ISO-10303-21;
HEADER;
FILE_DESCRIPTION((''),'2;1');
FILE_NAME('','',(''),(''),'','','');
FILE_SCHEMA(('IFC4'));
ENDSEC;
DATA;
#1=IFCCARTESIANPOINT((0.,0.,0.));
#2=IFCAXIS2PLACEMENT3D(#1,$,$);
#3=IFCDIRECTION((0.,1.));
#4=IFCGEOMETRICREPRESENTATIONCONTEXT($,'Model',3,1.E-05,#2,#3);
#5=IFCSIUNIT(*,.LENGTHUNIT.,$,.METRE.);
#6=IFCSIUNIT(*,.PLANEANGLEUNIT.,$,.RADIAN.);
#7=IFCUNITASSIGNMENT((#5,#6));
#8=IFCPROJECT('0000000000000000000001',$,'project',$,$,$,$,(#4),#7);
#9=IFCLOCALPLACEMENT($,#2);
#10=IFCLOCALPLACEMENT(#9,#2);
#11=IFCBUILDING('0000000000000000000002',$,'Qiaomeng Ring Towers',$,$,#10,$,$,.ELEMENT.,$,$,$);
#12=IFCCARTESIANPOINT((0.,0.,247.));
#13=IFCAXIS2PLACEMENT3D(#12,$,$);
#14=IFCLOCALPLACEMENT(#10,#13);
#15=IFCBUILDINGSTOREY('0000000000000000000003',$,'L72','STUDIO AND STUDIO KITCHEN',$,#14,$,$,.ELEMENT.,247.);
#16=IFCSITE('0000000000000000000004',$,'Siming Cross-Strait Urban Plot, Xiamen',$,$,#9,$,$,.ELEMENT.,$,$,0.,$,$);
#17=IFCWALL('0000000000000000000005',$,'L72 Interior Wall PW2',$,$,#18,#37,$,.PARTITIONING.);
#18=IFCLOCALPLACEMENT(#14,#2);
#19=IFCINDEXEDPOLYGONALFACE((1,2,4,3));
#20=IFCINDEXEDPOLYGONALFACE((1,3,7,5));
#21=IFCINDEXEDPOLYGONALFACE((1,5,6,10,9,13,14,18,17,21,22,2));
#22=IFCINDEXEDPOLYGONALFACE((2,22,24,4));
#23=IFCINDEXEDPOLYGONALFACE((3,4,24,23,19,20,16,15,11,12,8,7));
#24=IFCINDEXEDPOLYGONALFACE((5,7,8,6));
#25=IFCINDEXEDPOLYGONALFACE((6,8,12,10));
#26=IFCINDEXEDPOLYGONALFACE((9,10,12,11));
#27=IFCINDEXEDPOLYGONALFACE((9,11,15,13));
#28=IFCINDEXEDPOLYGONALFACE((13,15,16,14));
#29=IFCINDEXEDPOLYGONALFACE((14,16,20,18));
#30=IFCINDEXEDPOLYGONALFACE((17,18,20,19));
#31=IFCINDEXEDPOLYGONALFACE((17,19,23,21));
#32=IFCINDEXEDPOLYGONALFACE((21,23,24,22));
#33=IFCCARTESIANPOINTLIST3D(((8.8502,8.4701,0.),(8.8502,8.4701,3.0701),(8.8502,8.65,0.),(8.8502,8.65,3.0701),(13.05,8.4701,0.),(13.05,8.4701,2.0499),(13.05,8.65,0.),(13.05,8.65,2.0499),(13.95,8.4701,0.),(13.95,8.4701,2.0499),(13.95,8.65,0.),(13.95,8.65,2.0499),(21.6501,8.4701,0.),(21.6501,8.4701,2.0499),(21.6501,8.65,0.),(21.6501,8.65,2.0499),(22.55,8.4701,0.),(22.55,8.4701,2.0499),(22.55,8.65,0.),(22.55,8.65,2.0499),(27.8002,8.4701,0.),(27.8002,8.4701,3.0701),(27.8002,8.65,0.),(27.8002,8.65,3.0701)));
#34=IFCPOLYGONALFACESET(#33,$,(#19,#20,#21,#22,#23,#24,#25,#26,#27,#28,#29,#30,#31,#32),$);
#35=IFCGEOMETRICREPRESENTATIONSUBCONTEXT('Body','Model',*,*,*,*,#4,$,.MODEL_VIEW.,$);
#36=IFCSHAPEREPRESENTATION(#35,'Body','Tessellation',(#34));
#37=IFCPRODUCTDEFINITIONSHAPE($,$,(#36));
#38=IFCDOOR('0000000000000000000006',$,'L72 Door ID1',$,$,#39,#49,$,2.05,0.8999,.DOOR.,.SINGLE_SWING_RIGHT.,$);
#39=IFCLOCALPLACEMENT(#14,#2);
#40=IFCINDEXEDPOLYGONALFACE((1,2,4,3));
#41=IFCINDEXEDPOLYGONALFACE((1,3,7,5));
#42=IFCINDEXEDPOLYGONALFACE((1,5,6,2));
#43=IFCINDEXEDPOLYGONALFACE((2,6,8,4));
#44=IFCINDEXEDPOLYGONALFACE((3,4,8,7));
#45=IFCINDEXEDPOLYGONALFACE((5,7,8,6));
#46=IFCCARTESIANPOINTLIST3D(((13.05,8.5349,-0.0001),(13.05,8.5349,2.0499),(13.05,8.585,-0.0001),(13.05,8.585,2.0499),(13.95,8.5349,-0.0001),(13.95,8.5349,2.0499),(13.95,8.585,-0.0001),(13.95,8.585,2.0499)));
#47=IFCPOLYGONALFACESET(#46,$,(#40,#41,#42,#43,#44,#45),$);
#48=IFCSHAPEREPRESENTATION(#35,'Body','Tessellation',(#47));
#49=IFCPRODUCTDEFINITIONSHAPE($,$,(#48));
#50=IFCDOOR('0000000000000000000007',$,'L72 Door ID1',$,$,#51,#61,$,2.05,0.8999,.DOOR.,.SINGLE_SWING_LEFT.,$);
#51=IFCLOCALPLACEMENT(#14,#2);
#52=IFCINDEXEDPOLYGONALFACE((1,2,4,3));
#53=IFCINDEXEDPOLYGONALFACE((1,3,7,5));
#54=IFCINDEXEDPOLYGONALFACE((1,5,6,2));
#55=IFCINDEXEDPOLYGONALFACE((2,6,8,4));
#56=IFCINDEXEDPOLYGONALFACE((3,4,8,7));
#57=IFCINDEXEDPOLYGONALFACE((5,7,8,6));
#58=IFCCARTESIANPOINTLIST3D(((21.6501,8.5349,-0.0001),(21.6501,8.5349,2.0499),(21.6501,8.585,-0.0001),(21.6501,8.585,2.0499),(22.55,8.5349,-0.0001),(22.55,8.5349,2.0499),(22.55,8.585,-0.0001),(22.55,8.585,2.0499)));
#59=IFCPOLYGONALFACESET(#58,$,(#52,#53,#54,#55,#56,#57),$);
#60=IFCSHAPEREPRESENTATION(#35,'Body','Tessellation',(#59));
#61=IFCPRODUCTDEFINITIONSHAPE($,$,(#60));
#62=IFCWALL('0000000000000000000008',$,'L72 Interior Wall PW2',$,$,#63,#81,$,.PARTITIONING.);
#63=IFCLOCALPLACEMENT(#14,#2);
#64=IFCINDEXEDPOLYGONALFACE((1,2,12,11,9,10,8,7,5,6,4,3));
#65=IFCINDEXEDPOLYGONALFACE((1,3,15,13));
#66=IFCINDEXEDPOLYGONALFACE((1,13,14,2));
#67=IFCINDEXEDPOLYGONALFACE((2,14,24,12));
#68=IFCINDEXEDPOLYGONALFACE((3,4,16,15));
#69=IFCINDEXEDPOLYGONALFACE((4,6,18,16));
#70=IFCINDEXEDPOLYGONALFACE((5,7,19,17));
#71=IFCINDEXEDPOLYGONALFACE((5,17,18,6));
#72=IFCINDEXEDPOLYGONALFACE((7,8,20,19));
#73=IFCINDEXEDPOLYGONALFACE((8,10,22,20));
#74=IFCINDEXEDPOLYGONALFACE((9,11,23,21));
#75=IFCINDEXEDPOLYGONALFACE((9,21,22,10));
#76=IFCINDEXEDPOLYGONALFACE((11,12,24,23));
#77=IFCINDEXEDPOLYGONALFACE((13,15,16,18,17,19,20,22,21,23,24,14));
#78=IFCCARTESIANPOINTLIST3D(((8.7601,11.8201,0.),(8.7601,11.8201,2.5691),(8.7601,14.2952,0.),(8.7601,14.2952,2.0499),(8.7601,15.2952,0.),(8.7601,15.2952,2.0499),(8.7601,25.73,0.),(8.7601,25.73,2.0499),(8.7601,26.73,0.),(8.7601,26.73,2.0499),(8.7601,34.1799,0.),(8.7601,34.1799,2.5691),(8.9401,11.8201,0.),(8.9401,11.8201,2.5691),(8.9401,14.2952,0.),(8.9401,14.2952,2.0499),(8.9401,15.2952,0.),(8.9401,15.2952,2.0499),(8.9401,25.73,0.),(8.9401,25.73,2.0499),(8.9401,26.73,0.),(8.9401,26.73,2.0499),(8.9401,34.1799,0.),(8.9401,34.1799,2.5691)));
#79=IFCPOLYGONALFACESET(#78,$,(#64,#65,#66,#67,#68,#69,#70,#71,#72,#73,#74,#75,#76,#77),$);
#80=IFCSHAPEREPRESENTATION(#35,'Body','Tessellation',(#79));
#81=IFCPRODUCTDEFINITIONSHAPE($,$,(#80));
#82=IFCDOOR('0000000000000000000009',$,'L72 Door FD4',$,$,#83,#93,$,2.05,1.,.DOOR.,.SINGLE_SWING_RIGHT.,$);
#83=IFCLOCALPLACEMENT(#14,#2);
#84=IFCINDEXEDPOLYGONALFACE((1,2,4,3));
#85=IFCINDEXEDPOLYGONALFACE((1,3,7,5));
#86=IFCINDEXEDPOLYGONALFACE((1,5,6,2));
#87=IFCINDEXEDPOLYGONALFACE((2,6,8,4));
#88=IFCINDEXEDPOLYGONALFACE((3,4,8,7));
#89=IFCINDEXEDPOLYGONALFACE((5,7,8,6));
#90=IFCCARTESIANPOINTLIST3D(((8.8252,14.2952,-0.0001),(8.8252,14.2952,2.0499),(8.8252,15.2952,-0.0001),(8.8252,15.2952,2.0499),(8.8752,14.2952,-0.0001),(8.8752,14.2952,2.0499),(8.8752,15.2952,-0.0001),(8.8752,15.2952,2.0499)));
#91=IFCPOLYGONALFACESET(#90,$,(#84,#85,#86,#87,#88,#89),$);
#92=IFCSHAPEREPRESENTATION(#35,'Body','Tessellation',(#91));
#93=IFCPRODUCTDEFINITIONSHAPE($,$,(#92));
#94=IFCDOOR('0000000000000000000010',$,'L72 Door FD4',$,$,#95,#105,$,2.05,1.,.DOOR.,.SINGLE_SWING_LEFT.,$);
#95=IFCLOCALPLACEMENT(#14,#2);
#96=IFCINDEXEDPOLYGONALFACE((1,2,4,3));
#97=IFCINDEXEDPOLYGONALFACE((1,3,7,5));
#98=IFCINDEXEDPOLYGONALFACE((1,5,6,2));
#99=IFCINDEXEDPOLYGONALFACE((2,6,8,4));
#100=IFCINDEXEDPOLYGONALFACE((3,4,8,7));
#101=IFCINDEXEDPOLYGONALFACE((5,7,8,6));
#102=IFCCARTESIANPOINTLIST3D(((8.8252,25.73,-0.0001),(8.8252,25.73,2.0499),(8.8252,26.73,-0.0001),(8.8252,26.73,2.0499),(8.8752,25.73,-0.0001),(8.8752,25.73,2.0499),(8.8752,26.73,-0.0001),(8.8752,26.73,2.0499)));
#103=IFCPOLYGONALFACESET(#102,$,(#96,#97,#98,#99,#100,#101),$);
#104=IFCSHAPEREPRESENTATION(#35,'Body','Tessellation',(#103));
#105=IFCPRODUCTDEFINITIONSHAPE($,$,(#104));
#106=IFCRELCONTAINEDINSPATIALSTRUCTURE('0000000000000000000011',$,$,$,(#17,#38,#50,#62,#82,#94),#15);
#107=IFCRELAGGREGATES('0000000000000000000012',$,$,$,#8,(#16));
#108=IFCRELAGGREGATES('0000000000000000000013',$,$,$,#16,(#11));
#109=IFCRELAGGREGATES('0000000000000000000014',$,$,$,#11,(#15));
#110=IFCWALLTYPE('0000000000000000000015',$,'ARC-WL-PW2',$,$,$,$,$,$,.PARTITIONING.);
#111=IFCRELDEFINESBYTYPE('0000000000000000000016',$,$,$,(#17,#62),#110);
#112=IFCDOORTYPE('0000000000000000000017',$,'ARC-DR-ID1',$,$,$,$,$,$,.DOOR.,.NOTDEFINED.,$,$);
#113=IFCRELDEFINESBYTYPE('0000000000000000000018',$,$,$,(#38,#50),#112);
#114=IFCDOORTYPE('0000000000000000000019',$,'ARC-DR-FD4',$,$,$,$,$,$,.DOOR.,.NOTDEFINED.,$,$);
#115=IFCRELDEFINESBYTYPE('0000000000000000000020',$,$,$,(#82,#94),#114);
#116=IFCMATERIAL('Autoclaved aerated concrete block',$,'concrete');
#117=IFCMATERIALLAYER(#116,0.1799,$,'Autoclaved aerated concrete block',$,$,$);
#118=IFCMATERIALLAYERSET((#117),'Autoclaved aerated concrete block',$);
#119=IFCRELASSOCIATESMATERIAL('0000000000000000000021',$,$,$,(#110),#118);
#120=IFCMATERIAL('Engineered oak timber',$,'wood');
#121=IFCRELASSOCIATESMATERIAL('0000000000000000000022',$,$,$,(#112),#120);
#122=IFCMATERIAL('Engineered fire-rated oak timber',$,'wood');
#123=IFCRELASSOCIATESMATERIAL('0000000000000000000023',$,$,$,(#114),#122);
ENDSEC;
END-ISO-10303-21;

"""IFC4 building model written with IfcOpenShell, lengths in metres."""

from ifc_helpers import new_model, si_unit, direction, frame, frame_2d, origin, place, context, subcontext, project, spatial, rectangle, extrude, source, transform, mapped, material, layer, layer_set, type_object, element, fill, save


model = new_model("IFC4")

# Units and contexts
model_context = context("Model", 3, precision=1e-05, world=origin(), true_north=direction((0.0, 1.0)))
body_context = subcontext(model_context, "Body", "Model", "MODEL_VIEW")
ifc_project = project(units=[si_unit("LENGTHUNIT", "METRE"), si_unit("PLANEANGLEUNIT", "RADIAN")], contexts=[model_context])

# Site, building, storey
site_placement = place(None, origin())
site = spatial("IfcSite", under=ifc_project, at=site_placement, Name="Siming Cross-Strait Urban Plot, Xiamen", CompositionType="ELEMENT", RefElevation=0.0)
building_placement = place(site_placement, origin())
building = spatial("IfcBuilding", under=site, at=building_placement, Name="Qiaomeng Ring Towers", CompositionType="ELEMENT")
storey_placement = place(building_placement, frame((0.0, 0.0, 247.0)))
storey = spatial("IfcBuildingStorey", under=building, at=storey_placement, Name="L72", Description="STUDIO AND STUDIO KITCHEN", CompositionType="ELEMENT", Elevation=247.0)

# Shared definitions
ifc_material_1 = material(Name="Autoclaved aerated concrete block", Category="concrete")
ifc_layer_1 = layer(ifc_material_1, 0.1799, Name="Autoclaved aerated concrete block")
ifc_layer_set_1 = layer_set([ifc_layer_1], Name="Autoclaved aerated concrete block")
wall_type_1 = type_object("IfcWallType", Name="ARC-WL-PW2", PredefinedType="PARTITIONING", material=ifc_layer_set_1)

# Walls, openings, doors
wall_1_placement = place(storey_placement, frame((8.8501, 8.5601, 0.0), z_axis=(0.0, 0.0, 1.0), x_axis=(1.0, 0.0, 0.0)))
wall_1 = element("IfcWall", 1, at=wall_1_placement, inside=storey, type_object=wall_type_1, Name="L72 Interior Wall PW2", PredefinedType="PARTITIONING", context=body_context, shape_type="SweptSolid", body=[
    extrude(rectangle(XDim=18.95, YDim=0.1799, at=frame_2d((9.4751, 0.0))), origin(), (0.0, 0.0, 1.0), 3.0701),
])
opening_1_placement = place(wall_1_placement, frame((4.2, 0.0, 0.0)))
opening_1 = element("IfcOpeningElement", 2, at=opening_1_placement, cuts=wall_1, PredefinedType="OPENING", context=body_context, shape_type="SweptSolid", body=[
    extrude(rectangle(XDim=0.8999, YDim=2.05, at=frame_2d((0.45, 1.0249))), frame((0.0, 0.0999, 0.0), z_axis=(0.0, -1.0, 0.0), x_axis=(1.0, 0.0, 0.0)), (0.0, 0.0, 1.0), 0.2),
])
opening_2_placement = place(wall_1_placement, frame((12.8, 0.0, 0.0)))
opening_2 = element("IfcOpeningElement", 3, at=opening_2_placement, cuts=wall_1, PredefinedType="OPENING", context=body_context, shape_type="SweptSolid", body=[
    extrude(rectangle(XDim=0.8999, YDim=2.05, at=frame_2d((0.45, 1.0249))), frame((0.0, 0.0999, 0.0), z_axis=(0.0, -1.0, 0.0), x_axis=(1.0, 0.0, 0.0)), (0.0, 0.0, 1.0), 0.2),
])
ifc_material_2 = material(Name="Engineered oak timber", Category="wood")
door_type_1 = type_object("IfcDoorType", Name="ARC-DR-ID1", OperationType="NOTDEFINED", PredefinedType="DOOR", material=ifc_material_2)
shared_shape_1 = source(origin(), body_context, "Body", "SweptSolid", [
    extrude(rectangle(XDim=0.8999, YDim=2.05, at=frame_2d((0.45, 1.0249))), frame((0.0, 0.0249, 0.0), z_axis=(0.0, -1.0, 0.0), x_axis=(1.0, 0.0, 0.0)), (0.0, 0.0, 1.0), 0.05),
])
door_1_placement = place(opening_1_placement, origin())
door_1 = element("IfcDoor", 4, at=door_1_placement, inside=storey, type_object=door_type_1, Name="L72 Door ID1", OperationType="SINGLE_SWING_RIGHT", OverallHeight=2.05, OverallWidth=0.8999, PredefinedType="DOOR", context=body_context, shape_type="MappedRepresentation", body=[
    mapped(shared_shape_1, transform((0.0, 0.0, 0.0), x_axis=(1.0, 0.0, 0.0), y_axis=(0.0, 1.0, 0.0), z_axis=(0.0, 0.0, 1.0), scale=1.0)),
])
fill(opening_1, door_1)
door_2_placement = place(opening_2_placement, origin())
door_2 = element("IfcDoor", 5, at=door_2_placement, inside=storey, type_object=door_type_1, Name="L72 Door ID1", OperationType="SINGLE_SWING_LEFT", OverallHeight=2.05, OverallWidth=0.8999, PredefinedType="DOOR", context=body_context, shape_type="MappedRepresentation", body=[
    mapped(shared_shape_1, transform((0.0, 0.0, 0.0), x_axis=(1.0, 0.0, 0.0), y_axis=(0.0, 1.0, 0.0), z_axis=(0.0, 0.0, 1.0), scale=1.0)),
])
fill(opening_2, door_2)
wall_2_placement = place(storey_placement, frame((8.8501, 11.8201, 0.0), z_axis=(0.0, 0.0, 1.0), x_axis=(0.0, 1.0, 0.0)))
wall_2 = element("IfcWall", 6, at=wall_2_placement, inside=storey, type_object=wall_type_1, Name="L72 Interior Wall PW2", PredefinedType="PARTITIONING", context=body_context, shape_type="SweptSolid", body=[
    extrude(rectangle(XDim=22.3599, YDim=0.1799, at=frame_2d((11.1799, 0.0))), origin(), (0.0, 0.0, 1.0), 2.5691),
])
opening_3_placement = place(wall_2_placement, frame((2.4751, 0.0, 0.0)))
opening_3 = element("IfcOpeningElement", 7, at=opening_3_placement, cuts=wall_2, PredefinedType="OPENING", context=body_context, shape_type="SweptSolid", body=[
    extrude(rectangle(XDim=1.0, YDim=2.05, at=frame_2d((0.5, 1.0249))), frame((0.0, 0.0999, 0.0), z_axis=(0.0, -1.0, 0.0), x_axis=(1.0, 0.0, 0.0)), (0.0, 0.0, 1.0), 0.2),
])
opening_4_placement = place(wall_2_placement, frame((13.9099, 0.0, 0.0)))
opening_4 = element("IfcOpeningElement", 8, at=opening_4_placement, cuts=wall_2, PredefinedType="OPENING", context=body_context, shape_type="SweptSolid", body=[
    extrude(rectangle(XDim=1.0, YDim=2.05, at=frame_2d((0.5, 1.0249))), frame((0.0, 0.0999, 0.0), z_axis=(0.0, -1.0, 0.0), x_axis=(1.0, 0.0, 0.0)), (0.0, 0.0, 1.0), 0.2),
])
ifc_material_3 = material(Name="Engineered fire-rated oak timber", Category="wood")
door_type_2 = type_object("IfcDoorType", Name="ARC-DR-FD4", OperationType="NOTDEFINED", PredefinedType="DOOR", material=ifc_material_3)
shared_shape_2 = source(origin(), body_context, "Body", "SweptSolid", [
    extrude(rectangle(XDim=1.0, YDim=2.05, at=frame_2d((0.5, 1.0249))), frame((0.0, 0.0249, 0.0), z_axis=(0.0, -1.0, 0.0), x_axis=(1.0, 0.0, 0.0)), (0.0, 0.0, 1.0), 0.05),
])
door_3_placement = place(opening_3_placement, origin())
door_3 = element("IfcDoor", 9, at=door_3_placement, inside=storey, type_object=door_type_2, Name="L72 Door FD4", OperationType="SINGLE_SWING_RIGHT", OverallHeight=2.05, OverallWidth=1.0, PredefinedType="DOOR", context=body_context, shape_type="MappedRepresentation", body=[
    mapped(shared_shape_2, transform((0.0, 0.0, 0.0), x_axis=(1.0, 0.0, 0.0), y_axis=(0.0, 1.0, 0.0), z_axis=(0.0, 0.0, 1.0), scale=1.0)),
])
fill(opening_3, door_3)
door_4_placement = place(opening_4_placement, origin())
door_4 = element("IfcDoor", 10, at=door_4_placement, inside=storey, type_object=door_type_2, Name="L72 Door FD4", OperationType="SINGLE_SWING_LEFT", OverallHeight=2.05, OverallWidth=1.0, PredefinedType="DOOR", context=body_context, shape_type="MappedRepresentation", body=[
    mapped(shared_shape_2, transform((0.0, 0.0, 0.0), x_axis=(1.0, 0.0, 0.0), y_axis=(0.0, 1.0, 0.0), z_axis=(0.0, 0.0, 1.0), scale=1.0)),
])
fill(opening_4, door_4)

save(model, "model.ifc")
